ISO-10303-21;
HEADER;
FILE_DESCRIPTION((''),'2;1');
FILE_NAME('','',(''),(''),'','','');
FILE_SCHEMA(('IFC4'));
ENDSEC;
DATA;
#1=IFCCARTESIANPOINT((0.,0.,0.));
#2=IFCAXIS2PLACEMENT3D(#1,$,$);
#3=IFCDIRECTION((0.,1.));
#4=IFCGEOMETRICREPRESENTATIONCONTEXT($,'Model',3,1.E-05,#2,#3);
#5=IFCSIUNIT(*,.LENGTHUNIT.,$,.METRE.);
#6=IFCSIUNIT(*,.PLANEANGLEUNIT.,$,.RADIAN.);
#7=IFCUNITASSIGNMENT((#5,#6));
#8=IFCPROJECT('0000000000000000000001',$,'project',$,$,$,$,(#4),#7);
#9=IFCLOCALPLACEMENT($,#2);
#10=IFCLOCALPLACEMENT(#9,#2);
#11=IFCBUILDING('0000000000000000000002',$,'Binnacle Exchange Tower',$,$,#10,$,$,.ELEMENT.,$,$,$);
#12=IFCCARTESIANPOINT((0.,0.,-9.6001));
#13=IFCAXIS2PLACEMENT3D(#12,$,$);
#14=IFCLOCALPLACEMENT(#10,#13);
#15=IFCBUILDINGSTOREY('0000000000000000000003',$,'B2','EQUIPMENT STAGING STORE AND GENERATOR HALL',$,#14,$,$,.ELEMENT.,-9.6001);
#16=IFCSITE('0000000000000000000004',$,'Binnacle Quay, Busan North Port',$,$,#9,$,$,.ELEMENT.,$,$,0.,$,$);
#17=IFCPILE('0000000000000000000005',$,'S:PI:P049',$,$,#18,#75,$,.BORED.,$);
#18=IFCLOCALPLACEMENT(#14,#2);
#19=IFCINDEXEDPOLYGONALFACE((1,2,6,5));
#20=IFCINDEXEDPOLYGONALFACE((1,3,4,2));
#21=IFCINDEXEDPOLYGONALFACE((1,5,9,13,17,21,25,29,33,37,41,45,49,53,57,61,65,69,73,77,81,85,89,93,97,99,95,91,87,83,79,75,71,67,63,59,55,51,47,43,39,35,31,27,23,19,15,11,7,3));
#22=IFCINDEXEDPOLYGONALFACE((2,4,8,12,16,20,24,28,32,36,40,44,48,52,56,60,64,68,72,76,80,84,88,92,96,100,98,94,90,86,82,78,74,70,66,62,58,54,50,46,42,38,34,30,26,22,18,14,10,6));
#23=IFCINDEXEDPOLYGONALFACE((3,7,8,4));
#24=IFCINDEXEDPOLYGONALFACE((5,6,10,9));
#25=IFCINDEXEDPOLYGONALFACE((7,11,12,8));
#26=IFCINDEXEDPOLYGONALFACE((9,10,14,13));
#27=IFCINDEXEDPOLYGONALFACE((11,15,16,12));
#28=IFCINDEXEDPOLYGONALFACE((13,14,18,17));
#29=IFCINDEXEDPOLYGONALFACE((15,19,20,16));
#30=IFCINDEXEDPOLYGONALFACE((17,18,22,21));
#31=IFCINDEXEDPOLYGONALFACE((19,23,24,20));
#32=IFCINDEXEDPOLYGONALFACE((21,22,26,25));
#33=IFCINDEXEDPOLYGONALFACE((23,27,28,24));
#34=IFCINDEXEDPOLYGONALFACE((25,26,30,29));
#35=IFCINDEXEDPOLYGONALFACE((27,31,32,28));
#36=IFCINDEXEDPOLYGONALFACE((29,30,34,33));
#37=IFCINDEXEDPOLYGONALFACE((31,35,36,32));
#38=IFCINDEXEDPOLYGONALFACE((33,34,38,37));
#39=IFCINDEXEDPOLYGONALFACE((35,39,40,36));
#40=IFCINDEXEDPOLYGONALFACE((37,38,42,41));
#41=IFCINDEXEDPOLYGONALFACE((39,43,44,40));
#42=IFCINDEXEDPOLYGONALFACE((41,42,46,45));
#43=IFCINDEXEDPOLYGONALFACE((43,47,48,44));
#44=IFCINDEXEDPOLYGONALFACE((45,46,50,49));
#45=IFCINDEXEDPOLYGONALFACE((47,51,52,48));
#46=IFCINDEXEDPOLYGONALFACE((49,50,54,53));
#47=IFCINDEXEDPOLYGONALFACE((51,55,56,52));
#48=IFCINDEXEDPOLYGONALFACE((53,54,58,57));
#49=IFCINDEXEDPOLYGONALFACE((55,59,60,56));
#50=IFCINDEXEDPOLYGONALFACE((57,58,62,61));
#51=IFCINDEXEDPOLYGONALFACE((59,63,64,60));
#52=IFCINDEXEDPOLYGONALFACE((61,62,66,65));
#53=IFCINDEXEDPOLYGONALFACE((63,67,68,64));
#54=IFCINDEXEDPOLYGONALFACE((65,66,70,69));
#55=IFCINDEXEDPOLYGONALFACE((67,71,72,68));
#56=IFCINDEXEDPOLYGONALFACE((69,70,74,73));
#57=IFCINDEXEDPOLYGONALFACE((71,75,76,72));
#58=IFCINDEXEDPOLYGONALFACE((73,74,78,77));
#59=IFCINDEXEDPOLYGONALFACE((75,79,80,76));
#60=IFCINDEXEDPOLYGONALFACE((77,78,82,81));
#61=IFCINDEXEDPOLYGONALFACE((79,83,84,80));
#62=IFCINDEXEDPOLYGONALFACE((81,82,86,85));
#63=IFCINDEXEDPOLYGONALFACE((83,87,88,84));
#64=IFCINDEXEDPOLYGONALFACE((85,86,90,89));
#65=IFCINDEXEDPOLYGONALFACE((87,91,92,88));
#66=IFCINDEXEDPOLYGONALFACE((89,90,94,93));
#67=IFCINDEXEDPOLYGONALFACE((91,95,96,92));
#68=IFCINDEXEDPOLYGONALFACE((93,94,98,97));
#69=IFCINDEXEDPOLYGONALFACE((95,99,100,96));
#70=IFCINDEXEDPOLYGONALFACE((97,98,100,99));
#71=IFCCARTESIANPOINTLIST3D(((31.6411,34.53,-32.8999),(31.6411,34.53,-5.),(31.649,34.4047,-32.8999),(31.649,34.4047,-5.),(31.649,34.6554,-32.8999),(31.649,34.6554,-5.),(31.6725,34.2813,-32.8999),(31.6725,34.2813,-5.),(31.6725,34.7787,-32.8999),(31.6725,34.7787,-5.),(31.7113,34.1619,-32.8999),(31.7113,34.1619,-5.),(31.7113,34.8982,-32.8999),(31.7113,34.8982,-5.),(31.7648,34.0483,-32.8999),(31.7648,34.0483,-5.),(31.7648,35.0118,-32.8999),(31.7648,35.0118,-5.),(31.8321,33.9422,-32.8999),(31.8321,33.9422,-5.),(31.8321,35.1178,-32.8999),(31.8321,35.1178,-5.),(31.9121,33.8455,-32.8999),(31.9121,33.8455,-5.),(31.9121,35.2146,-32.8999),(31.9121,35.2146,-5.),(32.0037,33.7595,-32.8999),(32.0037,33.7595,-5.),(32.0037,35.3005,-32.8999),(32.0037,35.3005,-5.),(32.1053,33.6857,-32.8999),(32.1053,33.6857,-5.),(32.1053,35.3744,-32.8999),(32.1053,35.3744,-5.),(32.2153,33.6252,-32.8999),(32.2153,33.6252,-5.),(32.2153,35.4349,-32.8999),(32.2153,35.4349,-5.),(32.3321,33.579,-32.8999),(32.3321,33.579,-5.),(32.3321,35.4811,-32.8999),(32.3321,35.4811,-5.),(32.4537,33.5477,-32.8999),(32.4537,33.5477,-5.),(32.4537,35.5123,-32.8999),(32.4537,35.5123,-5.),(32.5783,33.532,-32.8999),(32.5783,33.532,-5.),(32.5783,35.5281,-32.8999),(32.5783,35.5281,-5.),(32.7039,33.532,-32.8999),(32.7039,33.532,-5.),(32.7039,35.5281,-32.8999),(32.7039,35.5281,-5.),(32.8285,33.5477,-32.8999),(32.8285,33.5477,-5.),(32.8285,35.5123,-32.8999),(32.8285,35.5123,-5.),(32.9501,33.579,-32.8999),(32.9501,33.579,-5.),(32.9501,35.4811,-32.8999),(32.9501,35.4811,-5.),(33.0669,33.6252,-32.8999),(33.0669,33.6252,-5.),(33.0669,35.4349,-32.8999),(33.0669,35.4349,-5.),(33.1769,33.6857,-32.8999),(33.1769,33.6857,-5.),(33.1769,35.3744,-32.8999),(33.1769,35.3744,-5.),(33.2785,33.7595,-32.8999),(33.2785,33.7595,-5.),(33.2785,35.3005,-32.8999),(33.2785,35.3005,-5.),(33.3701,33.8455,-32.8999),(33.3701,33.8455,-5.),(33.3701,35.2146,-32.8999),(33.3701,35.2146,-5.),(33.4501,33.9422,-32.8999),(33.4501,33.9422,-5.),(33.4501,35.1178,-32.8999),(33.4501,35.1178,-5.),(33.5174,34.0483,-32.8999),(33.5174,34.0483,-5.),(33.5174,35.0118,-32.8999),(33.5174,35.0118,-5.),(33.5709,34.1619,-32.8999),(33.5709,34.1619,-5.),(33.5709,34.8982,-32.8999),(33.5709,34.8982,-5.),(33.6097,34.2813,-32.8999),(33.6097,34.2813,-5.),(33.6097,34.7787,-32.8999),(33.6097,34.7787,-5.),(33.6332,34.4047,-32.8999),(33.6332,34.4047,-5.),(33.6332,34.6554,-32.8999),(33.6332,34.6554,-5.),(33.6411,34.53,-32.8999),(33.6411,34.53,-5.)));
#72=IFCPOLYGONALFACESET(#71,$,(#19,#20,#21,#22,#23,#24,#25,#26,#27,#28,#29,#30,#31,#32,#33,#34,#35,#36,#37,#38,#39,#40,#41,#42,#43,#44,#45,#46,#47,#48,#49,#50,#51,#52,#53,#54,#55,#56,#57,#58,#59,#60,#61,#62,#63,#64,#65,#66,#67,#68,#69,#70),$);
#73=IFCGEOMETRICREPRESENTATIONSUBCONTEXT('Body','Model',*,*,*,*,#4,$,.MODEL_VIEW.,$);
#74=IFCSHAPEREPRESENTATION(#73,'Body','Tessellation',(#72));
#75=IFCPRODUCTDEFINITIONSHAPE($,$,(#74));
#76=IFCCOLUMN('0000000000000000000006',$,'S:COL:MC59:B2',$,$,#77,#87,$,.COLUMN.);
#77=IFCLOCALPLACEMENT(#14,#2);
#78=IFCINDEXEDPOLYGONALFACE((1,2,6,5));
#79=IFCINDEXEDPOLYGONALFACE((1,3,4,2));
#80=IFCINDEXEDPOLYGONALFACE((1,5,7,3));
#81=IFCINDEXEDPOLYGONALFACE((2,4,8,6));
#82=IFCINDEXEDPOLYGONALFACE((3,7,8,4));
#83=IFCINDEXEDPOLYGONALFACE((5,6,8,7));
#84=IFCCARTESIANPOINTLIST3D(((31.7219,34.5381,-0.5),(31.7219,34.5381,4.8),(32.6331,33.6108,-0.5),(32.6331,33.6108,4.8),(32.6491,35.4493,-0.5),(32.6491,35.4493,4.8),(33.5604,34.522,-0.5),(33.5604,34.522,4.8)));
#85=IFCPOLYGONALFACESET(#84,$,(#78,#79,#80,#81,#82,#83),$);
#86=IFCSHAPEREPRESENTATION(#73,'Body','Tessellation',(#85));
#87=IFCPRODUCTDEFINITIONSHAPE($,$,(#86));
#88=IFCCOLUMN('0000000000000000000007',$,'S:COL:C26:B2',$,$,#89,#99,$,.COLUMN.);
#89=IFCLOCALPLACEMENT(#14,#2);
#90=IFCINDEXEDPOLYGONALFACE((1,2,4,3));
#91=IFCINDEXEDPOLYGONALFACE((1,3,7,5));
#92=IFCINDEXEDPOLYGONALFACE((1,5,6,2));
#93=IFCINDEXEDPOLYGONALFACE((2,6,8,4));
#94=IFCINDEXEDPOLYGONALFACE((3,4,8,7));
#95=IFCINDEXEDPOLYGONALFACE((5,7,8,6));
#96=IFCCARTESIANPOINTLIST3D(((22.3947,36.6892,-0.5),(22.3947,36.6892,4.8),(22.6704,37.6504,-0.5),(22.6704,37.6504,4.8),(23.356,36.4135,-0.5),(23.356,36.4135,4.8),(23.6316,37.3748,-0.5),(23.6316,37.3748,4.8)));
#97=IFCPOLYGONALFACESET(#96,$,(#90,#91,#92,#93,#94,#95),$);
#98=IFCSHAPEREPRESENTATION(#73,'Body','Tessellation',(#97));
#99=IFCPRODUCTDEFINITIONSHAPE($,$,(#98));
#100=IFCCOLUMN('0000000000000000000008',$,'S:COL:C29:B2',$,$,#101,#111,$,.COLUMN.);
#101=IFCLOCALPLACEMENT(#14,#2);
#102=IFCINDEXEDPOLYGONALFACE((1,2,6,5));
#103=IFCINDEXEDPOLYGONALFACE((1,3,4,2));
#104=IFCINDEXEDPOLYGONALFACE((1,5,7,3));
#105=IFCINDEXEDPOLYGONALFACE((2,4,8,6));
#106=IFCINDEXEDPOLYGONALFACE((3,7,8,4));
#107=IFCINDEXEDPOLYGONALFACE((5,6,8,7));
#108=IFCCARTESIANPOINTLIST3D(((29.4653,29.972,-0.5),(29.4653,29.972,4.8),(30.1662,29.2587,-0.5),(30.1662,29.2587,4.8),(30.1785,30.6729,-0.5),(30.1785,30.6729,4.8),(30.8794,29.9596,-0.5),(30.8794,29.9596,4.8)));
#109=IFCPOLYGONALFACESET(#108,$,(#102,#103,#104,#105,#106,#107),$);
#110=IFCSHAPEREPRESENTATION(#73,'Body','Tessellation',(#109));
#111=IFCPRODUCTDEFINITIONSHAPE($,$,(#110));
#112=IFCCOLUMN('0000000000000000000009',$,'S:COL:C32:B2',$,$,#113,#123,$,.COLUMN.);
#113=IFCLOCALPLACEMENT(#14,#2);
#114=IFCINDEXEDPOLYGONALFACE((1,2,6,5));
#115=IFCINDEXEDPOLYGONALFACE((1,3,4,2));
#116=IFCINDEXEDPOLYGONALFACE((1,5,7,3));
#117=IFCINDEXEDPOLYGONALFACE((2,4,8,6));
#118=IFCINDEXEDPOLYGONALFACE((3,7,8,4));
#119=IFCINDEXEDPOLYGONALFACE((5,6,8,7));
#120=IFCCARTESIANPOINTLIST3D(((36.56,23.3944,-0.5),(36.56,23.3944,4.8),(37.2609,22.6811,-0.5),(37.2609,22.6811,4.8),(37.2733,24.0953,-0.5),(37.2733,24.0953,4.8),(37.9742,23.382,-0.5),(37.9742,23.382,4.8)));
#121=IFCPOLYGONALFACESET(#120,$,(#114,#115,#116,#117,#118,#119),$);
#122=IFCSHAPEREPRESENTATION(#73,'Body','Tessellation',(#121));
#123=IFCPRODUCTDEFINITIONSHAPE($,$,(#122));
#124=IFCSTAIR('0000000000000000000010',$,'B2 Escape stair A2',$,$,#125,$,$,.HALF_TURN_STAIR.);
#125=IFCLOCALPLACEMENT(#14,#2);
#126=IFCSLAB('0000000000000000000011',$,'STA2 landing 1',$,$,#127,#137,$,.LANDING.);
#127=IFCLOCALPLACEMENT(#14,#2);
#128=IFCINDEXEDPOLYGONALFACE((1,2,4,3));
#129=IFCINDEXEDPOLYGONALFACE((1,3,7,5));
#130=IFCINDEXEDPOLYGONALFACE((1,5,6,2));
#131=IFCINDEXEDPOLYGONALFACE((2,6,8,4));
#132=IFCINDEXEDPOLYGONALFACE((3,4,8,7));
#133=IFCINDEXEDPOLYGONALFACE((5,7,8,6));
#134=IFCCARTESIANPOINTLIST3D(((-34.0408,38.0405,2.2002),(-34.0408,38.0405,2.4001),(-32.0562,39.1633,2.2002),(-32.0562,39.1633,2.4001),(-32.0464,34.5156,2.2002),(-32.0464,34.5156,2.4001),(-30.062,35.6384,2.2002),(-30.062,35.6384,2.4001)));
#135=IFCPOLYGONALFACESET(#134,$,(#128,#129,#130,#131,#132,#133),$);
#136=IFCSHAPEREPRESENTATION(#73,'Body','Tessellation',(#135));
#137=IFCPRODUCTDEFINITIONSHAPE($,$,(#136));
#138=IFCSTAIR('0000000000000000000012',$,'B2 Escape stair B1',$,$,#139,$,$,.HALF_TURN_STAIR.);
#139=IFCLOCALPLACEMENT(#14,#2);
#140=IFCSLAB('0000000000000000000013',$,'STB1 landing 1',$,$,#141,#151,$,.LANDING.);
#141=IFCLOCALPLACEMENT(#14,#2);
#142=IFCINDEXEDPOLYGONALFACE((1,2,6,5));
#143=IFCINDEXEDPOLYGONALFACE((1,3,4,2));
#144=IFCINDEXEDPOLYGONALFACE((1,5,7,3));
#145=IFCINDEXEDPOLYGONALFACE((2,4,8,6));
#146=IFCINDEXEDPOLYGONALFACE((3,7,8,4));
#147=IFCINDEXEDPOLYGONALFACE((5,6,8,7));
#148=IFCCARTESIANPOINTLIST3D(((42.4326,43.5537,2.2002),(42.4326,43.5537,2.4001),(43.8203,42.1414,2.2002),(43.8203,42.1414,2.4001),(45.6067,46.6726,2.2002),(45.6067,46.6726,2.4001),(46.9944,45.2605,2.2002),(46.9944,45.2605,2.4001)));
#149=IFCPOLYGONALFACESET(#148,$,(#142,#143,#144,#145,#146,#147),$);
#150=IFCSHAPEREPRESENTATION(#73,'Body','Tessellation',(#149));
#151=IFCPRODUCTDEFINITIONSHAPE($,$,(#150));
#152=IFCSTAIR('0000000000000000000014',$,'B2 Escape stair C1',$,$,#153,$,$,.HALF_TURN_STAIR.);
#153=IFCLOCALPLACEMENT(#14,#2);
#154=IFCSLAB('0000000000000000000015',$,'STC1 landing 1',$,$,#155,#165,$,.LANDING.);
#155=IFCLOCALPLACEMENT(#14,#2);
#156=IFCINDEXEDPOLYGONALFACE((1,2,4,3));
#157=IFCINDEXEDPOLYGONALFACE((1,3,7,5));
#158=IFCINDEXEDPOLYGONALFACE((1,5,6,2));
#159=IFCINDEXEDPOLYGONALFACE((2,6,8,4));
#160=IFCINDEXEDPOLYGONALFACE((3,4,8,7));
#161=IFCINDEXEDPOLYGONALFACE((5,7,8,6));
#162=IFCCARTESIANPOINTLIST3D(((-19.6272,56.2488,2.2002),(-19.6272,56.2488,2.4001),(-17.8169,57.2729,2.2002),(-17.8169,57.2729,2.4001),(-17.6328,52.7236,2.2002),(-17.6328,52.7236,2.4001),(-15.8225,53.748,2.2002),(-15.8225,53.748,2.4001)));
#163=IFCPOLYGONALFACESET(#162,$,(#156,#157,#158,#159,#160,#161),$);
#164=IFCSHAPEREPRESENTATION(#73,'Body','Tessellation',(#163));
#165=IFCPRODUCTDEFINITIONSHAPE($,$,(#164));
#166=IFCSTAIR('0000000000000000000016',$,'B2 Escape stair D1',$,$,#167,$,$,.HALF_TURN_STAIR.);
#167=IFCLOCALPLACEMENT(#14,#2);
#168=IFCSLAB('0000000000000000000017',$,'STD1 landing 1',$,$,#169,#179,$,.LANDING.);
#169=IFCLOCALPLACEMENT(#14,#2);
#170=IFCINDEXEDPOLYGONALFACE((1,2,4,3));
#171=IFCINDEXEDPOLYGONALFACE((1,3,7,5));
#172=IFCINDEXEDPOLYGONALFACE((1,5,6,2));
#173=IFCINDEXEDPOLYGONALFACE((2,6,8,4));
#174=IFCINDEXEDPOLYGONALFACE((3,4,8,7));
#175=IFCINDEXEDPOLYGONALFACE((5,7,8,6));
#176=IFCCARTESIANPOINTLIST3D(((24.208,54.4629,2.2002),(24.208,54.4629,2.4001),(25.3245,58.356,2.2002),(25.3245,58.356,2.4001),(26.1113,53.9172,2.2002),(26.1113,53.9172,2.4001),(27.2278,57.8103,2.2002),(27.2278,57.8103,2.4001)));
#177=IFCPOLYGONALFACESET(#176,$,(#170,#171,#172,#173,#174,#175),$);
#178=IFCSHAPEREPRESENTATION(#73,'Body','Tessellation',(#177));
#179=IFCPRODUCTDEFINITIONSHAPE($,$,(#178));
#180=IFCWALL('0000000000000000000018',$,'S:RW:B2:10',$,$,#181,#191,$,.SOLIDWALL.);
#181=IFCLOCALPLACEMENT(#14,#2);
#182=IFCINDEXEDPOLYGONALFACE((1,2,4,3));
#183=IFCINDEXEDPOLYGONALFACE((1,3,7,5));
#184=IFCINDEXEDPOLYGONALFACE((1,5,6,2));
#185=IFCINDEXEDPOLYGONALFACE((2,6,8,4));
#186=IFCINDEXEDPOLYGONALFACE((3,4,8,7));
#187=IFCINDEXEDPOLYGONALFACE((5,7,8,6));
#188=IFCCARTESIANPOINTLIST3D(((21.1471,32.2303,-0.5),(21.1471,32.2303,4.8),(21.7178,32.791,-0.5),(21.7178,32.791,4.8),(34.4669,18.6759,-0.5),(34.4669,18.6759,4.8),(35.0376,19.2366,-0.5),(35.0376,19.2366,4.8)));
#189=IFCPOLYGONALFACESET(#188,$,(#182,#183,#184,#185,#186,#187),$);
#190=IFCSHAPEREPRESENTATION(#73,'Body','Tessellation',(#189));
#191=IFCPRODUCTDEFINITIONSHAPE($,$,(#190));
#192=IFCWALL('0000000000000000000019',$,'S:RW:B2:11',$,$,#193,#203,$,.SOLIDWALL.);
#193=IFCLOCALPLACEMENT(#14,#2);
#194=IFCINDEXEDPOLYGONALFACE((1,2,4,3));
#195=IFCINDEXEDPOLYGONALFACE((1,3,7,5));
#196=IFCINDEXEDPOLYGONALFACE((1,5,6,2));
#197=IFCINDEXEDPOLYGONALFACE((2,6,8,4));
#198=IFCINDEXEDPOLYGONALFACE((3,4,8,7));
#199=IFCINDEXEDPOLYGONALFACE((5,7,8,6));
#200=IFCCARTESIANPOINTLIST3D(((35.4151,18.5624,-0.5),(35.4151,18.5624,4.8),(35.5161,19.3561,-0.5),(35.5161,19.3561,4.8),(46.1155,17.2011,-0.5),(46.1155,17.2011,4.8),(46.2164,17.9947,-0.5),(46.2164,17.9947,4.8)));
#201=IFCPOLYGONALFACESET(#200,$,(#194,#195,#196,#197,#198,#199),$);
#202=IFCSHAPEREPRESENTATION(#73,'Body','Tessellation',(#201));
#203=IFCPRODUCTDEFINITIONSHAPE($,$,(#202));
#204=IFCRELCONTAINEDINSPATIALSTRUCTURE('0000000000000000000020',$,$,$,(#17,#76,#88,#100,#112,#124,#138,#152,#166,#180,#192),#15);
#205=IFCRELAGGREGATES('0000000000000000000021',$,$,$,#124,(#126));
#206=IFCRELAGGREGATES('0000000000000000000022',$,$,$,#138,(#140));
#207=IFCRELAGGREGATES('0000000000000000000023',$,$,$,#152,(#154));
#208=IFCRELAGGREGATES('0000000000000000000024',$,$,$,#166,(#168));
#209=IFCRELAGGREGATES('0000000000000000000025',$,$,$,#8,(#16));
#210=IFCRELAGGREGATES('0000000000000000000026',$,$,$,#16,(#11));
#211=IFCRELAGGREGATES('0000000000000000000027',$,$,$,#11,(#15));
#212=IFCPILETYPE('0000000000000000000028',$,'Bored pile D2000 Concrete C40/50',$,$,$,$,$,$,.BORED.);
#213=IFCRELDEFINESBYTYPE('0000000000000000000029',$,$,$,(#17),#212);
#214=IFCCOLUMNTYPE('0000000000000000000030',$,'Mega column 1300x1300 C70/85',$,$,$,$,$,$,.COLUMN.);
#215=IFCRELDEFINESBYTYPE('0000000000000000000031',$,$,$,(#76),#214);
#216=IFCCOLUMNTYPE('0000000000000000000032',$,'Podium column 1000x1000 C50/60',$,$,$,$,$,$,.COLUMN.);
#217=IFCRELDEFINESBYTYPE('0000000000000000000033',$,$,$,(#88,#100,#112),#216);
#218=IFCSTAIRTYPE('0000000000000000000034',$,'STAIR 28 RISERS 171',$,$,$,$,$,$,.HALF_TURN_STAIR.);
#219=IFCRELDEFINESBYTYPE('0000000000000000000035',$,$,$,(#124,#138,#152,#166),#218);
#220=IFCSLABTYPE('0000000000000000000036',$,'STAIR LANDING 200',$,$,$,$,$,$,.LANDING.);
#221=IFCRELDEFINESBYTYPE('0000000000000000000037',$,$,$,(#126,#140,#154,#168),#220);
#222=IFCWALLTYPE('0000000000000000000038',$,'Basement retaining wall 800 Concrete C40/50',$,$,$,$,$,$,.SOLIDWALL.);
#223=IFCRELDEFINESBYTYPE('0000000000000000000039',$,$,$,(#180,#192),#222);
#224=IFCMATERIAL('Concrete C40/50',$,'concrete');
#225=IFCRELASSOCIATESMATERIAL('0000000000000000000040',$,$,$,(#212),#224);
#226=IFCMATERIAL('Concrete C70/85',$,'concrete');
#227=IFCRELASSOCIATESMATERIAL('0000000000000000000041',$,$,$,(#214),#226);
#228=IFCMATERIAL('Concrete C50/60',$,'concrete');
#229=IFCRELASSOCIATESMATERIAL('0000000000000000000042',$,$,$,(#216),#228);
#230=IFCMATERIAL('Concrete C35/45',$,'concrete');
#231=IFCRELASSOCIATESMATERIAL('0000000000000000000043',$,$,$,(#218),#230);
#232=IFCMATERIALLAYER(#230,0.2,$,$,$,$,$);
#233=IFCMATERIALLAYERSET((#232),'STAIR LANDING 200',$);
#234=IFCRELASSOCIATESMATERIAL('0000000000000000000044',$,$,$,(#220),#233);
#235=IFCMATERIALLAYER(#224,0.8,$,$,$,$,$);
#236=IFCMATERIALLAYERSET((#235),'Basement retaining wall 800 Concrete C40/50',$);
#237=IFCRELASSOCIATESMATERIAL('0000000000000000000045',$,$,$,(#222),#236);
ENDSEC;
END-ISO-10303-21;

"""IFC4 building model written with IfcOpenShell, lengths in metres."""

from ifc_helpers import new_model, si_unit, direction, frame, frame_2d, origin, origin_2d, place, context, subcontext, project, spatial, polyline, rectangle, circle, outline, extrude, material, layer, layer_set, material_profile, profile_set, type_object, element, aggregate, save


model = new_model("IFC4")

# Units and contexts
model_context = context("Model", 3, precision=1e-05, world=origin(), true_north=direction((0.0, 1.0)))
body_context = subcontext(model_context, "Body", "Model", "MODEL_VIEW")
ifc_project = project(units=[si_unit("LENGTHUNIT", "METRE"), si_unit("PLANEANGLEUNIT", "RADIAN")], contexts=[model_context])

# Site, building, storey
site_placement = place(None, origin())
site = spatial("IfcSite", under=ifc_project, at=site_placement, Name="Binnacle Quay, Busan North Port", CompositionType="ELEMENT", RefElevation=0.0)
building_placement = place(site_placement, origin())
building = spatial("IfcBuilding", under=site, at=building_placement, Name="Binnacle Exchange Tower", CompositionType="ELEMENT")
storey_placement = place(building_placement, frame((0.0, 0.0, -9.6001)))
storey = spatial("IfcBuildingStorey", under=building, at=storey_placement, Name="B2", Description="EQUIPMENT STAGING STORE AND GENERATOR HALL", CompositionType="ELEMENT", Elevation=-9.6001)

# Pile
ifc_material_1 = material(Name="Concrete C40/50", Category="concrete")
ifc_material_profile_1 = material_profile(ifc_material_1, circle(Radius=1.0, at=origin_2d()), Name="Bored pile D2000")
ifc_profile_set_1 = profile_set([ifc_material_profile_1], Name="Concrete C40/50")
pile_type = type_object("IfcPileType", Name="Bored pile D2000 Concrete C40/50", PredefinedType="BORED", material=ifc_profile_set_1)
pile_placement = place(storey_placement, frame((32.6411, 34.53, -5.0), z_axis=(0.0, 0.0, -1.0), x_axis=(1.0, 0.0, 0.0)))
element("IfcPile", 1, at=pile_placement, inside=storey, type_object=pile_type, Name="S:PI:P049", PredefinedType="BORED", context=body_context, shape_type="SweptSolid", body=[
    extrude(circle(Radius=1.0, at=origin_2d()), origin(), (0.0, 0.0, 1.0), 27.8999),
])

# Columns
ifc_material_2 = material(Name="Concrete C70/85", Category="concrete")
ifc_material_profile_2 = material_profile(ifc_material_2, rectangle(XDim=1.3, YDim=1.3, at=origin_2d()), Name="Mega column 1300x1300 C70/85")
ifc_profile_set_2 = profile_set([ifc_material_profile_2], Name="Concrete C70/85")
column_type_1 = type_object("IfcColumnType", Name="Mega column 1300x1300 C70/85", PredefinedType="COLUMN", material=ifc_profile_set_2)
column_placement = place(storey_placement, frame((32.6411, 34.53, -0.5), z_axis=(0.0, 0.0, 1.0), x_axis=(0.700909, -0.71325, 0.0)))
element("IfcColumn", 2, at=column_placement, inside=storey, type_object=column_type_1, Name="S:COL:MC59:B2", PredefinedType="COLUMN", context=body_context, shape_type="SweptSolid", body=[
    extrude(rectangle(XDim=1.3, YDim=1.3, at=origin_2d()), origin(), (0.0, 0.0, 1.0), 5.3),
])
ifc_material_3 = material(Name="Concrete C50/60", Category="concrete")
ifc_material_profile_3 = material_profile(ifc_material_3, rectangle(XDim=1.0, YDim=1.0, at=origin_2d()), Name="Podium column 1000x1000 C50/60")
ifc_profile_set_3 = profile_set([ifc_material_profile_3], Name="Concrete C50/60")
column_type_2 = type_object("IfcColumnType", Name="Podium column 1000x1000 C50/60", PredefinedType="COLUMN", material=ifc_profile_set_3)
for number, where, z_axis, x_axis, name in (
    (3, (23.0132, 37.032, -0.5), (0.0, 0.0, 1.0), (0.961262, -0.275637, 0.0), "S:COL:C26:B2"),
    (4, (30.1724, 29.9658, -0.5), (0.0, 0.0, 1.0), (0.700909, -0.71325, 0.0), "S:COL:C29:B2"),
    (5, (37.2671, 23.3882, -0.5), (0.0, 0.0, 1.0), (0.700909, -0.71325, 0.0), "S:COL:C32:B2"),
):
    element("IfcColumn", number, at=place(storey_placement, frame(where, z_axis=z_axis, x_axis=x_axis)), inside=storey, type_object=column_type_2, Name=name, PredefinedType="COLUMN", context=body_context, shape_type="SweptSolid", body=[
        extrude(rectangle(XDim=1.0, YDim=1.0, at=origin_2d()), origin(), (0.0, 0.0, 1.0), 5.3),
    ])

# Stairs, slabs
ifc_material_4 = material(Name="Concrete C35/45", Category="concrete")
stair_type = type_object("IfcStairType", Name="STAIR 28 RISERS 171", PredefinedType="HALF_TURN_STAIR", material=ifc_material_4)
stair_1_placement = place(storey_placement, origin())
stair_1 = element("IfcStair", 6, at=stair_1_placement, inside=storey, type_object=stair_type, Name="B2 Escape stair A2", PredefinedType="HALF_TURN_STAIR")
ifc_layer_1 = layer(ifc_material_4, 0.2)
ifc_layer_set_1 = layer_set([ifc_layer_1], Name="STAIR LANDING 200")
slab_type = type_object("IfcSlabType", Name="STAIR LANDING 200", PredefinedType="LANDING", material=ifc_layer_set_1)
slab_1_placement = place(storey_placement, frame((0.0, 0.0, 2.2002)))
slab_1 = element("IfcSlab", 7, at=slab_1_placement, type_object=slab_type, Name="STA2 landing 1", PredefinedType="LANDING", context=body_context, shape_type="SweptSolid", body=[
    extrude(outline(polyline([(-32.0562, 39.1633), (-34.0408, 38.0405), (-32.0464, 34.5156), (-30.062, 35.6384), (-32.0562, 39.1633)])), origin(), (0.0, 0.0, 1.0), 0.2),
])
aggregate(stair_1, [slab_1])
stair_2_placement = place(storey_placement, origin())
stair_2 = element("IfcStair", 8, at=stair_2_placement, inside=storey, type_object=stair_type, Name="B2 Escape stair B1", PredefinedType="HALF_TURN_STAIR")
slab_2_placement = place(storey_placement, frame((0.0, 0.0, 2.2002)))
slab_2 = element("IfcSlab", 9, at=slab_2_placement, type_object=slab_type, Name="STB1 landing 1", PredefinedType="LANDING", context=body_context, shape_type="SweptSolid", body=[
    extrude(outline(polyline([(42.4326, 43.5537), (43.8203, 42.1414), (46.9944, 45.2605), (45.6067, 46.6726), (42.4326, 43.5537)])), origin(), (0.0, 0.0, 1.0), 0.2),
])
aggregate(stair_2, [slab_2])
stair_3_placement = place(storey_placement, origin())
stair_3 = element("IfcStair", 10, at=stair_3_placement, inside=storey, type_object=stair_type, Name="B2 Escape stair C1", PredefinedType="HALF_TURN_STAIR")
slab_3_placement = place(storey_placement, frame((0.0, 0.0, 2.2002)))
slab_3 = element("IfcSlab", 11, at=slab_3_placement, type_object=slab_type, Name="STC1 landing 1", PredefinedType="LANDING", context=body_context, shape_type="SweptSolid", body=[
    extrude(outline(polyline([(-17.6328, 52.7236), (-15.8225, 53.748), (-17.8169, 57.2729), (-19.6272, 56.2488), (-17.6328, 52.7236)])), origin(), (0.0, 0.0, 1.0), 0.2),
])
aggregate(stair_3, [slab_3])
stair_4_placement = place(storey_placement, origin())
stair_4 = element("IfcStair", 12, at=stair_4_placement, inside=storey, type_object=stair_type, Name="B2 Escape stair D1", PredefinedType="HALF_TURN_STAIR")
slab_4_placement = place(storey_placement, frame((0.0, 0.0, 2.2002)))
slab_4 = element("IfcSlab", 13, at=slab_4_placement, type_object=slab_type, Name="STD1 landing 1", PredefinedType="LANDING", context=body_context, shape_type="SweptSolid", body=[
    extrude(outline(polyline([(24.208, 54.4629), (26.1113, 53.9172), (27.2278, 57.8103), (25.3245, 58.356), (24.208, 54.4629)])), origin(), (0.0, 0.0, 1.0), 0.2),
])
aggregate(stair_4, [slab_4])

# Walls
ifc_layer_2 = layer(ifc_material_1, 0.8)
ifc_layer_set_2 = layer_set([ifc_layer_2], Name="Basement retaining wall 800 Concrete C40/50")
wall_type_1 = type_object("IfcWallType", Name="Basement retaining wall 800 Concrete C40/50", PredefinedType="SOLIDWALL", material=ifc_layer_set_2)
wall_1_placement = place(storey_placement, frame((21.4324, 32.5107, -0.5), z_axis=(0.0, 0.0, 1.0), x_axis=(0.700907, -0.713253, 0.0)))
element("IfcWall", 14, at=wall_1_placement, inside=storey, type_object=wall_type_1, Name="S:RW:B2:10", PredefinedType="SOLIDWALL", context=body_context, shape_type="SweptSolid", body=[
    extrude(rectangle(XDim=19.0037, YDim=0.8, at=frame_2d((9.502, 0.0))), origin(), (0.0, 0.0, 1.0), 5.3),
])
wall_2_placement = place(storey_placement, frame((35.4656, 18.9592, -0.5), z_axis=(0.0, 0.0, 1.0), x_axis=(0.992004, -0.126204, 0.0)))
element("IfcWall", 15, at=wall_2_placement, inside=storey, type_object=wall_type_1, Name="S:RW:B2:11", PredefinedType="SOLIDWALL", context=body_context, shape_type="SweptSolid", body=[
    extrude(rectangle(XDim=10.7866, YDim=0.8, at=frame_2d((5.3933, 0.0))), origin(), (0.0, 0.0, 1.0), 5.3),
])

save(model, "model.ifc")
